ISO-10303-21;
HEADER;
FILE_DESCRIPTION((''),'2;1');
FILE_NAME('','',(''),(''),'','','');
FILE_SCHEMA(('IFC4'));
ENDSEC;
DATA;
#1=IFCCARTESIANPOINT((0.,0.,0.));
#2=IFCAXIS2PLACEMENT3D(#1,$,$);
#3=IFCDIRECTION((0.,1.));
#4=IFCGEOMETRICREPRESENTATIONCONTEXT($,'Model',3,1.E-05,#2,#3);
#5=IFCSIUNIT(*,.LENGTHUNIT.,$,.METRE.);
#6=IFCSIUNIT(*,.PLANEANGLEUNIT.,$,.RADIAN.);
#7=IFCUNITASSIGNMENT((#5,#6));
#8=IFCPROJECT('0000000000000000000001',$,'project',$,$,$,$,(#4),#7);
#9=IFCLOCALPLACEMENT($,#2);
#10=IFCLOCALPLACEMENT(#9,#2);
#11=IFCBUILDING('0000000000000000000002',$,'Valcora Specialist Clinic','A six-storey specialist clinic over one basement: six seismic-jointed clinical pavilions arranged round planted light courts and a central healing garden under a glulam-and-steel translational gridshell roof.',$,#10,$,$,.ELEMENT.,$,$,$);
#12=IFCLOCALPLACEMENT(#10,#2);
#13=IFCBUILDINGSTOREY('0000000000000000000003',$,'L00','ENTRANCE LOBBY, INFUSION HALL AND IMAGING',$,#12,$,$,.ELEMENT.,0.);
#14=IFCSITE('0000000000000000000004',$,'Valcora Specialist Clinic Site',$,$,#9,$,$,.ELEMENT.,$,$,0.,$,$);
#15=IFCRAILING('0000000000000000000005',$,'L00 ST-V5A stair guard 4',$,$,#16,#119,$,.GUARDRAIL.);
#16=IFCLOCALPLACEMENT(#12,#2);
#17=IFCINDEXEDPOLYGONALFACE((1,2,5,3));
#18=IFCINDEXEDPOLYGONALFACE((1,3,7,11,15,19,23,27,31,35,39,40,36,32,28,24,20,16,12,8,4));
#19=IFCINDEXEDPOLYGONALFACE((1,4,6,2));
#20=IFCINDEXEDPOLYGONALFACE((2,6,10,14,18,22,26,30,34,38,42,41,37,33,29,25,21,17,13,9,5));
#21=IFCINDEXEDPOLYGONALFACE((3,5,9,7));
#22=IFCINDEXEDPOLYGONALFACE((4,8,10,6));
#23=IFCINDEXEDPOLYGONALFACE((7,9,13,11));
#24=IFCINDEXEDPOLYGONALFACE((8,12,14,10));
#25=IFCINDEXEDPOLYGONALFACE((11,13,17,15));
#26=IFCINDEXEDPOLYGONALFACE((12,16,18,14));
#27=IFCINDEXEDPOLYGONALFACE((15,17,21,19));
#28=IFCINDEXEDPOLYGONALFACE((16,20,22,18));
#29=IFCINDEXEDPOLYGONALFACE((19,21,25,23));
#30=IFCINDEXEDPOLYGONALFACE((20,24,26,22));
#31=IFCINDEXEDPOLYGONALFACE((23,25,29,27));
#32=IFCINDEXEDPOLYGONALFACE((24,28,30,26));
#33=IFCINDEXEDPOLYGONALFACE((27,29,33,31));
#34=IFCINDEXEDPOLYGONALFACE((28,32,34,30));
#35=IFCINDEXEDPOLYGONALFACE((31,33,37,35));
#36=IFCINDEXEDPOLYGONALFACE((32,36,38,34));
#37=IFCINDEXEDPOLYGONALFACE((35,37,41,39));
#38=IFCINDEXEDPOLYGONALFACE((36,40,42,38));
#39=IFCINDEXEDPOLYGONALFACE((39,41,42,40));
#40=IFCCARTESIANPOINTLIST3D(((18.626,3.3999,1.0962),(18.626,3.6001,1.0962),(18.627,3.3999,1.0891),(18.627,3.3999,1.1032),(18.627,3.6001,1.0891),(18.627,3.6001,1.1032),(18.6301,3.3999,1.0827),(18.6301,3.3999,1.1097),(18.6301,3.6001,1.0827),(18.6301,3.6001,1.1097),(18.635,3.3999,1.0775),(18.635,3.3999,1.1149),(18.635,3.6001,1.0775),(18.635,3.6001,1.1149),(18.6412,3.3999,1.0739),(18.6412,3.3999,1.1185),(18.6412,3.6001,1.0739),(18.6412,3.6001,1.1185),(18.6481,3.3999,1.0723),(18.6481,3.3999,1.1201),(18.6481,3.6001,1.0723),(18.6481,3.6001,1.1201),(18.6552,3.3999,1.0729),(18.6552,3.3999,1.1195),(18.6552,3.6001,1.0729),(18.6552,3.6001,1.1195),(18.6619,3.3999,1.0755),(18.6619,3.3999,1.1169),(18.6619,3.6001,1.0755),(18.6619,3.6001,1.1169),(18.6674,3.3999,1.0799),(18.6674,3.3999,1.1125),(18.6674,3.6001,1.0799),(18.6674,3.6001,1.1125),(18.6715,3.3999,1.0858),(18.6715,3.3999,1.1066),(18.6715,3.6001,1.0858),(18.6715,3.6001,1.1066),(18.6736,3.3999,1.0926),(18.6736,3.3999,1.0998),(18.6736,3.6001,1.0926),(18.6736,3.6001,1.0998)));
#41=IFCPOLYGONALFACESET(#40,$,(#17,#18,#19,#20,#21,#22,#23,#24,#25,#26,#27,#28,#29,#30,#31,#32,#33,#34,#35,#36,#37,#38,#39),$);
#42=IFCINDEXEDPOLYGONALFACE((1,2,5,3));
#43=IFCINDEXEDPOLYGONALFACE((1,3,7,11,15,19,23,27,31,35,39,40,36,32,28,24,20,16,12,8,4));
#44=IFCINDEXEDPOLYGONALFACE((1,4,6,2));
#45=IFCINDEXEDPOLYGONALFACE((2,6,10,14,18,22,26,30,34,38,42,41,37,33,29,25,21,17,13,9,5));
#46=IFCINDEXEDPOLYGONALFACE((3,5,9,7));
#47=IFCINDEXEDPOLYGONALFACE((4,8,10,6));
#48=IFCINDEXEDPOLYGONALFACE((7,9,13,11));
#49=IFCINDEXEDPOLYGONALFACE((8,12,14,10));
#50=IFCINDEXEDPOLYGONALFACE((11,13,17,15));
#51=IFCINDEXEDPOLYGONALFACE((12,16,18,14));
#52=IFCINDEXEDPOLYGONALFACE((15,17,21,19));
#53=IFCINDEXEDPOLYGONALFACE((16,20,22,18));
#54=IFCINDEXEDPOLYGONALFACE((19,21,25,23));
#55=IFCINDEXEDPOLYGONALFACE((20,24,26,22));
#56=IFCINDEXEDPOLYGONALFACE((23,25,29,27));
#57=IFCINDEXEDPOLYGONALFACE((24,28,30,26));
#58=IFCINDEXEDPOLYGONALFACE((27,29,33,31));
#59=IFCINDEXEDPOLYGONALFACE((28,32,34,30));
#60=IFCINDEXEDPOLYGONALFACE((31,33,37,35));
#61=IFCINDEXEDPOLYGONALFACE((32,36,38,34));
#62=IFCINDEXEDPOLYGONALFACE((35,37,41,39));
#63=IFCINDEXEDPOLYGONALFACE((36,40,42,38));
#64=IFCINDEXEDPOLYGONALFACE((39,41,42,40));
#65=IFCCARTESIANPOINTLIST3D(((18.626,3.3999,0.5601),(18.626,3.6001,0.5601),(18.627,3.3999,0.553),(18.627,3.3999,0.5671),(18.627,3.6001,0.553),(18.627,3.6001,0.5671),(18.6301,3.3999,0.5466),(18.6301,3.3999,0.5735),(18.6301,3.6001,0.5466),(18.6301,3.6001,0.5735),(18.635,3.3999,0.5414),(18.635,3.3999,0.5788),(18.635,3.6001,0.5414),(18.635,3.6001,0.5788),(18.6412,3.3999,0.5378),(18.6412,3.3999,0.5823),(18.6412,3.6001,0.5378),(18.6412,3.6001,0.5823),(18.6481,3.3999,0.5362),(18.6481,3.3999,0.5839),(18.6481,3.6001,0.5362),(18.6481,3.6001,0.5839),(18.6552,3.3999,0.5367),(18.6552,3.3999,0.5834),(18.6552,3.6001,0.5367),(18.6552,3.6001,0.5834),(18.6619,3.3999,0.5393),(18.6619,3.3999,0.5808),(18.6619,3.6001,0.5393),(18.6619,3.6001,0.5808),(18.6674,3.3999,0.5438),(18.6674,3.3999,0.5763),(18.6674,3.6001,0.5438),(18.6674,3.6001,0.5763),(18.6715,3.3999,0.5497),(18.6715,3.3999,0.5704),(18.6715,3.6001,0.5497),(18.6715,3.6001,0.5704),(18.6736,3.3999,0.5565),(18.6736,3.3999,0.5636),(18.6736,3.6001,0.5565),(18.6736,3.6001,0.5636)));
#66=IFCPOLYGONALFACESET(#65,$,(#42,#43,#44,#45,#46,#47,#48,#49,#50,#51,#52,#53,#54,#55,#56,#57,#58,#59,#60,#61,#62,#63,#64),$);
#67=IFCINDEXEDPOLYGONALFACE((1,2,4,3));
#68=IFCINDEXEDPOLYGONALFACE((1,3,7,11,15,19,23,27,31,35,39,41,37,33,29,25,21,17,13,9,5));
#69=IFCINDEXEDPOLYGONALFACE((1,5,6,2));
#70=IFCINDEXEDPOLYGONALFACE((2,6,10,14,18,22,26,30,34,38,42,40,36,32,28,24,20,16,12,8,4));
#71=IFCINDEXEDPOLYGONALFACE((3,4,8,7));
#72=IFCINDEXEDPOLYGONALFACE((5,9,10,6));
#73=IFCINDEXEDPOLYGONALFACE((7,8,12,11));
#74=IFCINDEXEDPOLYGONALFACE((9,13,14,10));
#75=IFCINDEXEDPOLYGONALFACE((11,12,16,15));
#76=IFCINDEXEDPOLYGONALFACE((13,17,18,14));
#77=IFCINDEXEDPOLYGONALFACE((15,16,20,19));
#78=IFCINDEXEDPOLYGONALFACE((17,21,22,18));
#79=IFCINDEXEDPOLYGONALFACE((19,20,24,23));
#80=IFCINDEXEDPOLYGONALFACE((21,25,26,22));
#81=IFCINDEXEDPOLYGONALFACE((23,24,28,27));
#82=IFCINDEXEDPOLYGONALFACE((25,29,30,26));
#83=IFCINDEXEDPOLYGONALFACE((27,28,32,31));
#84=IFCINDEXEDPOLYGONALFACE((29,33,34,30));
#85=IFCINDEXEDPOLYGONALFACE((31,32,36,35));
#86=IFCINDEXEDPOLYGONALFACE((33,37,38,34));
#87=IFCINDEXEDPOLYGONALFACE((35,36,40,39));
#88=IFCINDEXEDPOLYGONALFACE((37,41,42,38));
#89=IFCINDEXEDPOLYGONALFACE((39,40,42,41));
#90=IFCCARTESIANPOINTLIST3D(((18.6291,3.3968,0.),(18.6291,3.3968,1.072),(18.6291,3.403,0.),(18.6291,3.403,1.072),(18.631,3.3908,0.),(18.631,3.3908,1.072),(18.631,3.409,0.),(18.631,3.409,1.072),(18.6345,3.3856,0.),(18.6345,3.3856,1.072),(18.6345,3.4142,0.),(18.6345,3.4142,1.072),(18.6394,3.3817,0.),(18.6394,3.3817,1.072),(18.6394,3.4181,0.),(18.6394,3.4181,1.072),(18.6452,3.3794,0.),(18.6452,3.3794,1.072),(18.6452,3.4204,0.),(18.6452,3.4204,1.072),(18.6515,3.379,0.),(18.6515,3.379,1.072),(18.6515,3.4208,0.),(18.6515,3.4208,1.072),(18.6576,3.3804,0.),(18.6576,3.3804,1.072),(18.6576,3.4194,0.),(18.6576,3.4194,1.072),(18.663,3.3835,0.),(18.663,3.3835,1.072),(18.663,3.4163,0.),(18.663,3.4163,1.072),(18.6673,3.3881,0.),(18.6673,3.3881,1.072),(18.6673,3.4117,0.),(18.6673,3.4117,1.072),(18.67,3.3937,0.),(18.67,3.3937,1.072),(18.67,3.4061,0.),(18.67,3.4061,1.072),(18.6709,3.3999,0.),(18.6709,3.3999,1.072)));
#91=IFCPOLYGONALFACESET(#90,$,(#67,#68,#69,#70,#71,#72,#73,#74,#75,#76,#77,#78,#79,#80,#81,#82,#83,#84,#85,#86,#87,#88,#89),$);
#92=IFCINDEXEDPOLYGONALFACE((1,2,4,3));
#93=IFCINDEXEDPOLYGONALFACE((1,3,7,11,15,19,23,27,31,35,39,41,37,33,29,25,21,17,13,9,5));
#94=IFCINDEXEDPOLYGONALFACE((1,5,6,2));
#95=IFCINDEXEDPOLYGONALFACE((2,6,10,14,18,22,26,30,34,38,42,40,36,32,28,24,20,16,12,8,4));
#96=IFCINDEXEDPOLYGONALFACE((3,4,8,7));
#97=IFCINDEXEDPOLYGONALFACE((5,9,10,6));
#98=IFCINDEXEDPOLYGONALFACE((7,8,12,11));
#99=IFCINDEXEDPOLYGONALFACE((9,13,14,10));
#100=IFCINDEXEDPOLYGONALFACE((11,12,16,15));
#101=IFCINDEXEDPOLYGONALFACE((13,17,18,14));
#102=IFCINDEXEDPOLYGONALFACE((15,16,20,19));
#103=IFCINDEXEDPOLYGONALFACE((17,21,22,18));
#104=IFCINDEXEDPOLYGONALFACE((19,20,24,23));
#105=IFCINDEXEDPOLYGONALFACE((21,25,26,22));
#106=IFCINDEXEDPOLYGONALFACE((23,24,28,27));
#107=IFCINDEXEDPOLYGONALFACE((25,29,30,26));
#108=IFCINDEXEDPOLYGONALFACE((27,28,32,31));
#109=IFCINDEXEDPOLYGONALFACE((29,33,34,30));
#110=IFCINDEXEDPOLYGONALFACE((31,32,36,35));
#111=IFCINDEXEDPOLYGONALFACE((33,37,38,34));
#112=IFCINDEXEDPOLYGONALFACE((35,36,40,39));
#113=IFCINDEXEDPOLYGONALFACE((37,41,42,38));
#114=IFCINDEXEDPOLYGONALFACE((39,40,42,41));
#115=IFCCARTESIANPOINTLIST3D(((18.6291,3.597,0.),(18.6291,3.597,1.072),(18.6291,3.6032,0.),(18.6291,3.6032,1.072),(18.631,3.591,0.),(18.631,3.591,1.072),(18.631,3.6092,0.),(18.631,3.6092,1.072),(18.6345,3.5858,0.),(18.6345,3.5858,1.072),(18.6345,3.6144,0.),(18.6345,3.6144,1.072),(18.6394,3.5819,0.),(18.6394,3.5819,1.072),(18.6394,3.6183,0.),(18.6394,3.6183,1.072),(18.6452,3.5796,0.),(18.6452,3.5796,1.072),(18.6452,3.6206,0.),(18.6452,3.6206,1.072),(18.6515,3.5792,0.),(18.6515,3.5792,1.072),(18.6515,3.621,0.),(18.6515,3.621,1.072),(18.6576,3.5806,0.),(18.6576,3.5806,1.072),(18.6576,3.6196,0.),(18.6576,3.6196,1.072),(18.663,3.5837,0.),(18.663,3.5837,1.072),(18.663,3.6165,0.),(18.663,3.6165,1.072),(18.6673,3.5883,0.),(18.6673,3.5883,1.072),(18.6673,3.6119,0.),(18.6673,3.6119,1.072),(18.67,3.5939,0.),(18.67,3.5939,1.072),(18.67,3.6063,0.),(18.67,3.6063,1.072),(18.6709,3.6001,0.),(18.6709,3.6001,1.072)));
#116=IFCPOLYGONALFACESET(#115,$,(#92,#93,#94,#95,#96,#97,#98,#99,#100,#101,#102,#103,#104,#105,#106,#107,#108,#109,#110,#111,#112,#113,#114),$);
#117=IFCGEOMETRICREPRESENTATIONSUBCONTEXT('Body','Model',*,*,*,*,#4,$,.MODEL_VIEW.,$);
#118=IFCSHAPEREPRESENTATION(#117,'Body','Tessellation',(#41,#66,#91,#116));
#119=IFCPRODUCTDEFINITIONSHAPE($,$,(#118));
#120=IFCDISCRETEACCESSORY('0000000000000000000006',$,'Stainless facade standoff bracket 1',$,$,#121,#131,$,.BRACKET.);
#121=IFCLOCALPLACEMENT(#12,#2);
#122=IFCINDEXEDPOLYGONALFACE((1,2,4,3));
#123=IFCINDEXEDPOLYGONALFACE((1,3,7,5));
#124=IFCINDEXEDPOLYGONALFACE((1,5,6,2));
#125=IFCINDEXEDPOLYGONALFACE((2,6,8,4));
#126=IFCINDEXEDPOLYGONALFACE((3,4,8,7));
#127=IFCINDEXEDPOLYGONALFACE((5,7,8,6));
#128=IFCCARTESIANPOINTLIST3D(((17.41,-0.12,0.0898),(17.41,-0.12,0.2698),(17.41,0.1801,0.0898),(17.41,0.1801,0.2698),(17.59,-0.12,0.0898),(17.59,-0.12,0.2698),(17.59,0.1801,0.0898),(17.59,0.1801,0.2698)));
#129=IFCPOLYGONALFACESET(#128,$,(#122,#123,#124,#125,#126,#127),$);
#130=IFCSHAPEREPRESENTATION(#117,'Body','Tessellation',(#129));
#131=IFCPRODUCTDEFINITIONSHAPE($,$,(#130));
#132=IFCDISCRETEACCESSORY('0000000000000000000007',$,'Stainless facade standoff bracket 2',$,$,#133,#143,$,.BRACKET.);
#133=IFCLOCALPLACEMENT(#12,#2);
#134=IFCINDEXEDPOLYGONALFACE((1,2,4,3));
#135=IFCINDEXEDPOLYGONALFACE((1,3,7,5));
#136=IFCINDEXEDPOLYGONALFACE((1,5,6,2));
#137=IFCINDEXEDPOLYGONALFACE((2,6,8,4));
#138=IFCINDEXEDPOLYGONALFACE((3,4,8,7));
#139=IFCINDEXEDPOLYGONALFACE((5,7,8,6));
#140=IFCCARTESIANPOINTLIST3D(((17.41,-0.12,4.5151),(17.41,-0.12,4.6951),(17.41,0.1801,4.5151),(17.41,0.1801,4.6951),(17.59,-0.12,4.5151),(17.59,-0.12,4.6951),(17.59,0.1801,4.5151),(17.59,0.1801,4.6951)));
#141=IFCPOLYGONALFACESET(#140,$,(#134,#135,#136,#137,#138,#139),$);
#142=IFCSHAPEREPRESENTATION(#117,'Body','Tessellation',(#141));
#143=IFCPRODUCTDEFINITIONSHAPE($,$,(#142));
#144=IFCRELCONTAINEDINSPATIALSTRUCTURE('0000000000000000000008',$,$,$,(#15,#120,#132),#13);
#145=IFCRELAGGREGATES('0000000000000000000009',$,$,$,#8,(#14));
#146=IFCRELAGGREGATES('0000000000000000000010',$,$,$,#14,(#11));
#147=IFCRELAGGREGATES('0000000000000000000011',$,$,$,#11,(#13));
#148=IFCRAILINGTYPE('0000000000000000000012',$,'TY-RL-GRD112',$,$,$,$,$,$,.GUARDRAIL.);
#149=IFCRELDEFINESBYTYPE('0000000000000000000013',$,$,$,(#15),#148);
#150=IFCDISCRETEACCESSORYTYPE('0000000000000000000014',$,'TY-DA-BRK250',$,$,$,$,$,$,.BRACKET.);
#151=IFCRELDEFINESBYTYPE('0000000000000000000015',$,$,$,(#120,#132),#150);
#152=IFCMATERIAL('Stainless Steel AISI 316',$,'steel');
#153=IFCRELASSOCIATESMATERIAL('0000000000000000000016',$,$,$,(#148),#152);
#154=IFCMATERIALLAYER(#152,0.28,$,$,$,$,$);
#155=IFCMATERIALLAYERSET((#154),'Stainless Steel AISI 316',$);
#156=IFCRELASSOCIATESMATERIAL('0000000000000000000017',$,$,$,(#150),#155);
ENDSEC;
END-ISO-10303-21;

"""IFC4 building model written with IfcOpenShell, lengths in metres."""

from ifc_helpers import new_model, si_unit, direction, frame, origin, origin_2d, place, context, subcontext, project, spatial, rectangle, circle, extrude, material, layer, layer_set, type_object, element, save


model = new_model("IFC4")

# Units and contexts
model_context = context("Model", 3, precision=1e-05, world=origin(), true_north=direction((0.0, 1.0)))
body_context = subcontext(model_context, "Body", "Model", "MODEL_VIEW")
ifc_project = project(units=[si_unit("LENGTHUNIT", "METRE"), si_unit("PLANEANGLEUNIT", "RADIAN")], contexts=[model_context])

# Site, building, storey
site_placement = place(None, origin())
site = spatial("IfcSite", under=ifc_project, at=site_placement, Name="Valcora Specialist Clinic Site", CompositionType="ELEMENT", RefElevation=0.0)
building_placement = place(site_placement, origin())
building = spatial("IfcBuilding", under=site, at=building_placement, Name="Valcora Specialist Clinic", Description="A six-storey specialist clinic over one basement: six seismic-jointed clinical pavilions arranged round planted light courts and a central healing garden under a glulam-and-steel translational gridshell roof.", CompositionType="ELEMENT")
storey_placement = place(building_placement, origin())
storey = spatial("IfcBuildingStorey", under=building, at=storey_placement, Name="L00", Description="ENTRANCE LOBBY, INFUSION HALL AND IMAGING", CompositionType="ELEMENT", Elevation=0.0)

# Railing
ifc_material_1 = material(Name="Stainless Steel AISI 316", Category="steel")
railing_type = type_object("IfcRailingType", Name="TY-RL-GRD112", PredefinedType="GUARDRAIL", material=ifc_material_1)
railing_placement = place(storey_placement, frame((18.6499, 3.3999, 0.0)))
element("IfcRailing", 1, at=railing_placement, inside=storey, type_object=railing_type, Name="L00 ST-V5A stair guard 4", PredefinedType="GUARDRAIL", context=body_context, shape_type="SweptSolid", body=[
    extrude(circle(Radius=0.0239, at=origin_2d()), frame((0.0, 0.0, 1.0962), z_axis=(0.0, 1.0, 0.0), x_axis=(-1.0, 0.0, 0.0)), (0.0, 0.0, 1.0), 0.2002),
    extrude(circle(Radius=0.0239, at=origin_2d()), frame((0.0, 0.0, 0.5601), z_axis=(0.0, 1.0, 0.0), x_axis=(-1.0, 0.0, 0.0)), (0.0, 0.0, 1.0), 0.2002),
    extrude(circle(Radius=0.021, at=origin_2d()), origin(), (0.0, 0.0, 1.0), 1.072),
    extrude(circle(Radius=0.021, at=origin_2d()), frame((0.0, 0.2002, 0.0)), (0.0, 0.0, 1.0), 1.072),
])

# Discrete accessories
ifc_layer_1 = layer(ifc_material_1, 0.28)
ifc_layer_set_1 = layer_set([ifc_layer_1], Name="Stainless Steel AISI 316")
discrete_accessory_type = type_object("IfcDiscreteAccessoryType", Name="TY-DA-BRK250", PredefinedType="BRACKET", material=ifc_layer_set_1)
for number, where, z_axis, x_axis, name in (
    (2, (17.5, 0.03, 0.0898), (0.0, 0.0, 1.0), (1.0, 0.0, 0.0), "Stainless facade standoff bracket 1"),
    (3, (17.5, 0.03, 4.5151), (0.0, 0.0, 1.0), (1.0, 0.0, 0.0), "Stainless facade standoff bracket 2"),
):
    element("IfcDiscreteAccessory", number, at=place(storey_placement, frame(where, z_axis=z_axis, x_axis=x_axis)), inside=storey, type_object=discrete_accessory_type, Name=name, PredefinedType="BRACKET", context=body_context, shape_type="SweptSolid", body=[
        extrude(rectangle(XDim=0.1799, YDim=0.3, at=origin_2d()), origin(), (0.0, 0.0, 1.0), 0.1799),
    ])

save(model, "model.ifc")
